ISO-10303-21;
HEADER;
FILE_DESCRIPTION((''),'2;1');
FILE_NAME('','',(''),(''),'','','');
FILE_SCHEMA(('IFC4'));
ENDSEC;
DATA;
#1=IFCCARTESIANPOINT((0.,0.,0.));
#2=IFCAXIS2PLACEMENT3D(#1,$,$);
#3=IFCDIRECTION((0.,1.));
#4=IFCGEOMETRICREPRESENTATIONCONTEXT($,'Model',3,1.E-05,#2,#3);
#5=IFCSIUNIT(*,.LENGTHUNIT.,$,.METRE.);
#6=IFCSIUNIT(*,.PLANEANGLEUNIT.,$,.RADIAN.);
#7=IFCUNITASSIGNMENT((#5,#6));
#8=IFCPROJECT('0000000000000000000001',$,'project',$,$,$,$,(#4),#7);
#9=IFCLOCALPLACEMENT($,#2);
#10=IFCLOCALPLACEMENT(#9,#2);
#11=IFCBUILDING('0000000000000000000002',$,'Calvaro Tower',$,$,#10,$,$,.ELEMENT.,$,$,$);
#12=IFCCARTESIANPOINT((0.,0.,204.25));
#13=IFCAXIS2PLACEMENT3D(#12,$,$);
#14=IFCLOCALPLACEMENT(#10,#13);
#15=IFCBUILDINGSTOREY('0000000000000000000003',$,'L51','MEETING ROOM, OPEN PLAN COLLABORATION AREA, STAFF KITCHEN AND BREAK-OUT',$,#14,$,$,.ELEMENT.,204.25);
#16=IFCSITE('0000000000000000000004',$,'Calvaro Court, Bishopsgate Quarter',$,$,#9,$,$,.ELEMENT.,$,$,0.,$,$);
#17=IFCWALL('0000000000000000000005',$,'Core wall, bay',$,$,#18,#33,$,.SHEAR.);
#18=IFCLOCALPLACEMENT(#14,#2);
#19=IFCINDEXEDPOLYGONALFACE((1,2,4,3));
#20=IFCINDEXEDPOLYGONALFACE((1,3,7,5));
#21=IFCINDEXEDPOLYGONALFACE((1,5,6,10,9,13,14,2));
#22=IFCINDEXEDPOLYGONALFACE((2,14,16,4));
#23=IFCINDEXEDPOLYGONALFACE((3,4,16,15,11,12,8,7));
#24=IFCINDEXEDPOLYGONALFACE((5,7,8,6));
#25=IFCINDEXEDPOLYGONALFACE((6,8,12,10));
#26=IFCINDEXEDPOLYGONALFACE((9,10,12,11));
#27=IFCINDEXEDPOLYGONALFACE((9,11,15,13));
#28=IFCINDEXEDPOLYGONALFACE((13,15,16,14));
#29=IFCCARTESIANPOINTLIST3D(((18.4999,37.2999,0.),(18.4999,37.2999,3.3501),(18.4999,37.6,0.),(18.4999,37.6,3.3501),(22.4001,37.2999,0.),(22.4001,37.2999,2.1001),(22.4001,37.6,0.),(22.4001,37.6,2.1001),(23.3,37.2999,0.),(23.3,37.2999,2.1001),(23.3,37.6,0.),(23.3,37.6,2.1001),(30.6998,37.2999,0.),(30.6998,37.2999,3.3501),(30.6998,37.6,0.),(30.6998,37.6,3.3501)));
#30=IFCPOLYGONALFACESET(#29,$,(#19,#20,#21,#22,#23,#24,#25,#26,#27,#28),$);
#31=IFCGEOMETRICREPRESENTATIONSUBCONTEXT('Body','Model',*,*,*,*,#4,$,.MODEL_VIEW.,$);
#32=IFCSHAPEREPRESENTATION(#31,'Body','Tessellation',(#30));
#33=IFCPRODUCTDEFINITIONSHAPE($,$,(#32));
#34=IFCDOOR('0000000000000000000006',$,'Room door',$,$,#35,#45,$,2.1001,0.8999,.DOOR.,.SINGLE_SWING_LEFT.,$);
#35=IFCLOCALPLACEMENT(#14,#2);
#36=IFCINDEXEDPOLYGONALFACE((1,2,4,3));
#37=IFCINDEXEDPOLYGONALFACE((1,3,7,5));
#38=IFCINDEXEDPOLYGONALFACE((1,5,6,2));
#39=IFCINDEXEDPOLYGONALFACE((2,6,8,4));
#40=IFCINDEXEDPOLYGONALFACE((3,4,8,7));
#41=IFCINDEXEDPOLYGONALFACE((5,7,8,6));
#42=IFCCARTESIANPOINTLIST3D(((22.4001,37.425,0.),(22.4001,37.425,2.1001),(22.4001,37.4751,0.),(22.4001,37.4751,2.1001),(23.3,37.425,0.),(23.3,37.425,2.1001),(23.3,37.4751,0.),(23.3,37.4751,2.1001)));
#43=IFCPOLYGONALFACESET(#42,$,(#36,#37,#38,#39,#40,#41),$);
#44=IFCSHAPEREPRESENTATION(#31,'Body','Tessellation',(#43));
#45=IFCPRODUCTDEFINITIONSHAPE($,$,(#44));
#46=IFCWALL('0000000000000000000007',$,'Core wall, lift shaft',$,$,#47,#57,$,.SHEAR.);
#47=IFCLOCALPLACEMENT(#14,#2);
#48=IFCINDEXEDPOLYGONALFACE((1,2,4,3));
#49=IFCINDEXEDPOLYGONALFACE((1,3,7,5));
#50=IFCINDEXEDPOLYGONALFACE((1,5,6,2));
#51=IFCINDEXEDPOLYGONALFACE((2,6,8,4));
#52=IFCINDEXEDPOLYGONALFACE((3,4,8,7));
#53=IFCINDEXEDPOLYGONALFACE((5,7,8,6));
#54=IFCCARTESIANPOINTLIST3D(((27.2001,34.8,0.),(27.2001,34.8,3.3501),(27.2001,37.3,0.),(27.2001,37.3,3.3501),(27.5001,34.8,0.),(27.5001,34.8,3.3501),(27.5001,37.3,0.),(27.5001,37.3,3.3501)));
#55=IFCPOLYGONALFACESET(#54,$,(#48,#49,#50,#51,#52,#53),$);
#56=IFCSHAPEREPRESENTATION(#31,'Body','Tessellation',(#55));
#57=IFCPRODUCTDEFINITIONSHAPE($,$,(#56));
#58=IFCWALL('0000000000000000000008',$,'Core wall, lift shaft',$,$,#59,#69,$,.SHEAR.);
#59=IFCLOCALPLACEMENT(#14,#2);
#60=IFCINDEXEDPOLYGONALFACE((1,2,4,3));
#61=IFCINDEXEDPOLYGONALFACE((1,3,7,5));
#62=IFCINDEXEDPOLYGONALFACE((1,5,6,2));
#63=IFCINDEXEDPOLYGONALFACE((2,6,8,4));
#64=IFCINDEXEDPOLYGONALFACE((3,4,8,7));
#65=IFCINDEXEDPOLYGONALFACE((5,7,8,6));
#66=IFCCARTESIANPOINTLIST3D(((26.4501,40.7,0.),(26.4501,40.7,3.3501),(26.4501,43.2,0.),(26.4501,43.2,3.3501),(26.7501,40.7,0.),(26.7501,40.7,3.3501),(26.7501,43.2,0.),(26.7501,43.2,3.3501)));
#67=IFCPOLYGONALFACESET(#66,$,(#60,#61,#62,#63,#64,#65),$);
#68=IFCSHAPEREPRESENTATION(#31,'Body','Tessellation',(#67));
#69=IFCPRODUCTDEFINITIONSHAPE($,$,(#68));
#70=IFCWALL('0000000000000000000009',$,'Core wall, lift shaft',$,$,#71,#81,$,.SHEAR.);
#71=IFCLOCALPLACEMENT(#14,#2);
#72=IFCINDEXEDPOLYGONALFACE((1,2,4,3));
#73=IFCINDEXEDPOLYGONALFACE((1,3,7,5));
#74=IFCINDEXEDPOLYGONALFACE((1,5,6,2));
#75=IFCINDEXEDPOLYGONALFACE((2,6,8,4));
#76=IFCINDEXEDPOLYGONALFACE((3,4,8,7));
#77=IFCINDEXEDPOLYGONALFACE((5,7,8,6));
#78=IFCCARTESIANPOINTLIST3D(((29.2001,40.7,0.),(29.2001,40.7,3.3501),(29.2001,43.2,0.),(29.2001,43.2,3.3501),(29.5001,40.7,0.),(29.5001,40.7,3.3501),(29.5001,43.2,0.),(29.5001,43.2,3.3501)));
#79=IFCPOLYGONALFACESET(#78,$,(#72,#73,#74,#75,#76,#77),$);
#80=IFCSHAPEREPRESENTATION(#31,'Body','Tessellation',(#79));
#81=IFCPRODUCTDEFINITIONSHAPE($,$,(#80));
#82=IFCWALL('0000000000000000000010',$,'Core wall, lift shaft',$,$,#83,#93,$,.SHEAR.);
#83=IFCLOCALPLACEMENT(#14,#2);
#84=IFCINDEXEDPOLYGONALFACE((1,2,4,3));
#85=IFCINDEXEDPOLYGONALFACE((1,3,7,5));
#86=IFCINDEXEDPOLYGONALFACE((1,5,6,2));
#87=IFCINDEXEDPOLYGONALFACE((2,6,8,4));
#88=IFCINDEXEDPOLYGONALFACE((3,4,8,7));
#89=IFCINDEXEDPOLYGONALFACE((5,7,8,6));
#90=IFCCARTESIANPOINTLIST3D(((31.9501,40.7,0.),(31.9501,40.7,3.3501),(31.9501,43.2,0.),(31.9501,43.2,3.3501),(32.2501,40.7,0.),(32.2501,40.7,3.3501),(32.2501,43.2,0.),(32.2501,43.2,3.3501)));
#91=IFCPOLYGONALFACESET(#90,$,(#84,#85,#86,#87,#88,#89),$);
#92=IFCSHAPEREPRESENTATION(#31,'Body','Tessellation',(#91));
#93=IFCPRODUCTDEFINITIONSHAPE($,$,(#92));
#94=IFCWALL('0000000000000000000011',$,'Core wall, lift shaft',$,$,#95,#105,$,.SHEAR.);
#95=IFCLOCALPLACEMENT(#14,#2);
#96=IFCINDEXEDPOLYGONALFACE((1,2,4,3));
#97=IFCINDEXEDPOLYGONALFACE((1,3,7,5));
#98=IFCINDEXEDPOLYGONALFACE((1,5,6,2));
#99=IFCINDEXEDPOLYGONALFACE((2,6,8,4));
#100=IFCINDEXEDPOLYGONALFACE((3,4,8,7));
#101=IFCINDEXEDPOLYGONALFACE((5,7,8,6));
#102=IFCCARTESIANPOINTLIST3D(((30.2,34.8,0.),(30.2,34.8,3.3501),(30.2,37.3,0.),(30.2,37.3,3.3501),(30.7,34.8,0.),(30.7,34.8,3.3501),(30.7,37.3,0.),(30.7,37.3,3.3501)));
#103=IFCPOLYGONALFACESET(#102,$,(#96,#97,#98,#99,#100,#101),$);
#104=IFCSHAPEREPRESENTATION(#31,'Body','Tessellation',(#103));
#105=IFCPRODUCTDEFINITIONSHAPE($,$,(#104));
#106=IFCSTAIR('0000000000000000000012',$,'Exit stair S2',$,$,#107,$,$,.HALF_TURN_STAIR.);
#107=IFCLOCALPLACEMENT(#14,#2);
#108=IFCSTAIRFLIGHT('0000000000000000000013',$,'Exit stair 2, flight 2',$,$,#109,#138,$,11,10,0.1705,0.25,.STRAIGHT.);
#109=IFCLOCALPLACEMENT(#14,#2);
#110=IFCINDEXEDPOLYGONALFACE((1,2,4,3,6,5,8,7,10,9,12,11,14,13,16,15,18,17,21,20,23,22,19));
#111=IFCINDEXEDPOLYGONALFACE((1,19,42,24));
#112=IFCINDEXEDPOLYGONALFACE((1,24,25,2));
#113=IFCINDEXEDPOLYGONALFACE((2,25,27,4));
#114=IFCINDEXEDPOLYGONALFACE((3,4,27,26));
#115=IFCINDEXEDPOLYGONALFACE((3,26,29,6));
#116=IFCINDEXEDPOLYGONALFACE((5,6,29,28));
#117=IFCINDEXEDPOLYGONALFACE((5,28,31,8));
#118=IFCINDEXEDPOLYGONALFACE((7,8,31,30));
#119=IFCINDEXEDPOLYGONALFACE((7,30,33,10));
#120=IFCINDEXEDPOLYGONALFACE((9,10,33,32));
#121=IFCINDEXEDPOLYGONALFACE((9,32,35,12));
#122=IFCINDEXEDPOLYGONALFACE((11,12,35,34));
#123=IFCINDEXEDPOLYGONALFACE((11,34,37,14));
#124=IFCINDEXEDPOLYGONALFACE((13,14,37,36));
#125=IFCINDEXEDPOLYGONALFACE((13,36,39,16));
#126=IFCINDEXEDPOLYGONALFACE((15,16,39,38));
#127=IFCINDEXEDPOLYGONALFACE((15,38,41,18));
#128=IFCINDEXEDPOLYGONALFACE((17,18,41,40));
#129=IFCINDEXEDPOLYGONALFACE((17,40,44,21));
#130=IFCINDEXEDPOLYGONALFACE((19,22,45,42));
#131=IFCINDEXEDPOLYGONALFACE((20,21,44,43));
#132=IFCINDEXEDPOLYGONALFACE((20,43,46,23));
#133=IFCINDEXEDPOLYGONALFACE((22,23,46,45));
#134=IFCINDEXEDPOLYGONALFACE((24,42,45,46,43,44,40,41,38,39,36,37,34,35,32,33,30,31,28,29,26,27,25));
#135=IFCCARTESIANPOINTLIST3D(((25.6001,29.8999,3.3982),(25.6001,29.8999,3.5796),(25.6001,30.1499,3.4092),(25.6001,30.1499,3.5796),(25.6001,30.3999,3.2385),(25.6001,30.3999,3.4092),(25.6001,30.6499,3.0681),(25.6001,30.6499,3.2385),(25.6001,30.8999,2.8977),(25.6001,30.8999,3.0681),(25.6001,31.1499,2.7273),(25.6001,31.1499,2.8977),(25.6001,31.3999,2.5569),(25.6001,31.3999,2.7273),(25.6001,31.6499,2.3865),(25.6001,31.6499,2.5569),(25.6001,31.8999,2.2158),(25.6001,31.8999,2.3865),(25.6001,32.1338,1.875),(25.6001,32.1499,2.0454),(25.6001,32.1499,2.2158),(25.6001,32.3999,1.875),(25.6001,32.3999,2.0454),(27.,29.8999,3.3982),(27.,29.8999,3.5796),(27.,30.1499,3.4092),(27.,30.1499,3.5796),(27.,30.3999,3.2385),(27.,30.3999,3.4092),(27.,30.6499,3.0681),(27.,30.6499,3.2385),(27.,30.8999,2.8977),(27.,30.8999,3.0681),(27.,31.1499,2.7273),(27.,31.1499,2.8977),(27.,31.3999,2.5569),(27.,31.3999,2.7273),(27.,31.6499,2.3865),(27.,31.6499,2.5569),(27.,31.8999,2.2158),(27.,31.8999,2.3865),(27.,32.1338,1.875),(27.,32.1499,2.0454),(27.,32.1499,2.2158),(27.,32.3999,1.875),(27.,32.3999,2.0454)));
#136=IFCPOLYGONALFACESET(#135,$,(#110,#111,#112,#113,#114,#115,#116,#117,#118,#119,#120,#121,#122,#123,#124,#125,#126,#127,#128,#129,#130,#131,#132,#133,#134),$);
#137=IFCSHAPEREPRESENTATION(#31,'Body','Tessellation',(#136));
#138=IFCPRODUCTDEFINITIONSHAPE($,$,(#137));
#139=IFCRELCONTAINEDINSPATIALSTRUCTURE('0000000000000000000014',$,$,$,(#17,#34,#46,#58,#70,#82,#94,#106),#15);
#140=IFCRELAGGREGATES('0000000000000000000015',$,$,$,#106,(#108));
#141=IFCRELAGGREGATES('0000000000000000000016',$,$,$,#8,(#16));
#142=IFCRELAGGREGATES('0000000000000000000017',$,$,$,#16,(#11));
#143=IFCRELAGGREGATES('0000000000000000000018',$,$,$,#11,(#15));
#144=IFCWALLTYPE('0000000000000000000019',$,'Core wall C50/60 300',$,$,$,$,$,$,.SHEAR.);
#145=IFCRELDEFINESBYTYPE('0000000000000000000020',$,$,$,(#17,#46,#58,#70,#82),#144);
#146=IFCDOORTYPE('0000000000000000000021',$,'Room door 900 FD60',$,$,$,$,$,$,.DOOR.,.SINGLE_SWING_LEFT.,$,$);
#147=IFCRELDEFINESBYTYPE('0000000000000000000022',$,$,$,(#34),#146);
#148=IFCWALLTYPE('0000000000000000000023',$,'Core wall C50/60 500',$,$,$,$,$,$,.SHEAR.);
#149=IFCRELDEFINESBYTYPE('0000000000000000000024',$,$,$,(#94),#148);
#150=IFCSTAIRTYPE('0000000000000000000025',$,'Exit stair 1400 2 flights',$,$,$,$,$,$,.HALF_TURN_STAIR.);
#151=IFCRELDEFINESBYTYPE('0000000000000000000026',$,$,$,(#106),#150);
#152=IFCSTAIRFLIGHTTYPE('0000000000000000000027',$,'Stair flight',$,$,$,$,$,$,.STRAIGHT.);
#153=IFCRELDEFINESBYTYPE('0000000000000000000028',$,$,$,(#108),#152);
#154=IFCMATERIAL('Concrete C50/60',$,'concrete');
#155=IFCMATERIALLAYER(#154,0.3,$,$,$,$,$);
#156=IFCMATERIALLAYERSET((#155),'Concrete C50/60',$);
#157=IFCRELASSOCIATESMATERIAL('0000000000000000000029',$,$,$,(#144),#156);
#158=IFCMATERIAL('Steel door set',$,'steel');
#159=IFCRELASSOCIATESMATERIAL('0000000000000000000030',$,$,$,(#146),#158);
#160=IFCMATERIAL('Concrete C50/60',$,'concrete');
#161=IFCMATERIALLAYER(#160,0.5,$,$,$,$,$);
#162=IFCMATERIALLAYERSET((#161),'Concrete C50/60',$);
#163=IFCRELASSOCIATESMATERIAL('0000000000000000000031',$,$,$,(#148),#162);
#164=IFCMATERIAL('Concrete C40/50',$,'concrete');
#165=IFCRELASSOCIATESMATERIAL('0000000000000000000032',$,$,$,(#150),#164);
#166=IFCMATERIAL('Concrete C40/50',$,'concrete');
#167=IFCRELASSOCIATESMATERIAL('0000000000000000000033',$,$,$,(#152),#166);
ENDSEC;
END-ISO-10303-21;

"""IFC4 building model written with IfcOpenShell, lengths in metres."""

from ifc_helpers import new_model, si_unit, direction, frame, frame_2d, origin, place, context, subcontext, project, spatial, polyline, rectangle, outline, extrude, material, layer, layer_set, type_object, element, fill, aggregate, save


model = new_model("IFC4")

# Units and contexts
model_context = context("Model", 3, precision=1e-05, world=origin(), true_north=direction((0.0, 1.0)))
body_context = subcontext(model_context, "Body", "Model", "MODEL_VIEW")
ifc_project = project(units=[si_unit("LENGTHUNIT", "METRE"), si_unit("PLANEANGLEUNIT", "RADIAN")], contexts=[model_context])

# Site, building, storey
site_placement = place(None, origin())
site = spatial("IfcSite", under=ifc_project, at=site_placement, Name="Calvaro Court, Bishopsgate Quarter", CompositionType="ELEMENT", RefElevation=0.0)
building_placement = place(site_placement, origin())
building = spatial("IfcBuilding", under=site, at=building_placement, Name="Calvaro Tower", CompositionType="ELEMENT")
storey_placement = place(building_placement, frame((0.0, 0.0, 204.25)))
storey = spatial("IfcBuildingStorey", under=building, at=storey_placement, Name="L51", Description="MEETING ROOM, OPEN PLAN COLLABORATION AREA, STAFF KITCHEN AND BREAK-OUT", CompositionType="ELEMENT", Elevation=204.25)

# Wall, opening, door
ifc_material_1 = material(Name="Concrete C50/60", Category="concrete")
ifc_layer_1 = layer(ifc_material_1, 0.3)
ifc_layer_set_1 = layer_set([ifc_layer_1], Name="Concrete C50/60")
wall_type_1 = type_object("IfcWallType", Name="Core wall C50/60 300", PredefinedType="SHEAR", material=ifc_layer_set_1)
wall_1_placement = place(storey_placement, frame((30.7, 37.45, 0.0), z_axis=(0.0, 0.0, 1.0), x_axis=(-1.0, 0.0, 0.0)))
wall_1 = element("IfcWall", 1, at=wall_1_placement, inside=storey, type_object=wall_type_1, Name="Core wall, bay", PredefinedType="SHEAR", context=body_context, shape_type="SweptSolid", body=[
    extrude(rectangle(XDim=12.2, YDim=0.3, at=frame_2d((6.1001, 0.0))), origin(), (0.0, 0.0, 1.0), 3.3501),
])
opening_placement = place(wall_1_placement, frame((7.3999, 0.0, 0.0)))
opening = element("IfcOpeningElement", 2, at=opening_placement, cuts=wall_1, PredefinedType="OPENING", context=body_context, shape_type="SweptSolid", body=[
    extrude(rectangle(XDim=0.8999, YDim=2.1001, at=frame_2d((0.45, 1.05))), frame((0.0, 0.1599, 0.0), z_axis=(0.0, -1.0, 0.0), x_axis=(1.0, 0.0, 0.0)), (0.0, 0.0, 1.0), 0.3201),
])
ifc_material_2 = material(Name="Steel door set", Category="steel")
door_type = type_object("IfcDoorType", Name="Room door 900 FD60", OperationType="SINGLE_SWING_LEFT", PredefinedType="DOOR", material=ifc_material_2)
door_placement = place(opening_placement, origin())
door = element("IfcDoor", 3, at=door_placement, inside=storey, type_object=door_type, Name="Room door", OperationType="SINGLE_SWING_LEFT", OverallHeight=2.1001, OverallWidth=0.8999, PredefinedType="DOOR", context=body_context, shape_type="SweptSolid", body=[
    extrude(rectangle(XDim=0.8999, YDim=2.1001, at=frame_2d((0.45, 1.05))), frame((0.0, 0.0249, 0.0), z_axis=(0.0, -1.0, 0.0), x_axis=(1.0, 0.0, 0.0)), (0.0, 0.0, 1.0), 0.05),
])
fill(opening, door)

# Walls
for number, where, z_axis, x_axis, name in (
    (4, (27.3501, 34.8, 0.0), (0.0, 0.0, 1.0), (0.0, 1.0, 0.0), "Core wall, lift shaft"),
    (5, (26.6001, 40.7, 0.0), (0.0, 0.0, 1.0), (0.0, 1.0, 0.0), "Core wall, lift shaft"),
    (6, (29.3501, 40.7, 0.0), (0.0, 0.0, 1.0), (0.0, 1.0, 0.0), "Core wall, lift shaft"),
    (7, (32.1001, 40.7, 0.0), (0.0, 0.0, 1.0), (0.0, 1.0, 0.0), "Core wall, lift shaft"),
):
    element("IfcWall", number, at=place(storey_placement, frame(where, z_axis=z_axis, x_axis=x_axis)), inside=storey, type_object=wall_type_1, Name=name, PredefinedType="SHEAR", context=body_context, shape_type="SweptSolid", body=[
        extrude(rectangle(XDim=2.5, YDim=0.3, at=frame_2d((1.25, 0.0))), origin(), (0.0, 0.0, 1.0), 3.3501),
    ])
ifc_material_3 = material(Name="Concrete C50/60", Category="concrete")
ifc_layer_2 = layer(ifc_material_3, 0.5)
ifc_layer_set_2 = layer_set([ifc_layer_2], Name="Concrete C50/60")
wall_type_2 = type_object("IfcWallType", Name="Core wall C50/60 500", PredefinedType="SHEAR", material=ifc_layer_set_2)
wall_2_placement = place(storey_placement, frame((30.45, 34.8, 0.0), z_axis=(0.0, 0.0, 1.0), x_axis=(0.0, 1.0, 0.0)))
element("IfcWall", 8, at=wall_2_placement, inside=storey, type_object=wall_type_2, Name="Core wall, lift shaft", PredefinedType="SHEAR", context=body_context, shape_type="SweptSolid", body=[
    extrude(rectangle(XDim=2.5, YDim=0.5, at=frame_2d((1.25, 0.0))), origin(), (0.0, 0.0, 1.0), 3.3501),
])

# Stair, stair flight
ifc_material_4 = material(Name="Concrete C40/50", Category="concrete")
stair_type = type_object("IfcStairType", Name="Exit stair 1400 2 flights", PredefinedType="HALF_TURN_STAIR", material=ifc_material_4)
stair_placement = place(storey_placement, origin())
stair = element("IfcStair", 9, at=stair_placement, inside=storey, type_object=stair_type, Name="Exit stair S2", PredefinedType="HALF_TURN_STAIR")
ifc_material_5 = material(Name="Concrete C40/50", Category="concrete")
stair_flight_type = type_object("IfcStairFlightType", Name="Stair flight", PredefinedType="STRAIGHT", material=ifc_material_5)
stair_flight_placement = place(storey_placement, frame((26.3, 32.3999, 1.875), z_axis=(0.0, 0.0, 1.0), x_axis=(0.0, -1.0, 0.0)))
stair_flight = element("IfcStairFlight", 10, at=stair_flight_placement, type_object=stair_flight_type, Name="Exit stair 2, flight 2", NumberOfRisers=11, NumberOfTreads=10, PredefinedType="STRAIGHT", RiserHeight=0.1705, TreadLength=0.25, context=body_context, shape_type="SweptSolid", body=[
    extrude(outline(polyline([(0.0, 0.0), (0.0, 0.1704), (0.25, 0.1704), (0.25, 0.3408), (0.5, 0.3408), (0.5, 0.5115), (0.75, 0.5115), (0.75, 0.6819), (1.0, 0.6819), (1.0, 0.8523), (1.25, 0.8523), (1.25, 1.0227), (1.5, 1.0227), (1.5, 1.1931), (1.75, 1.1931), (1.75, 1.3635), (2.0, 1.3635), (2.0, 1.5342), (2.25, 1.5342), (2.25, 1.7046), (2.5, 1.7046), (2.5, 1.875), (2.5, 1.5232), (0.2661, 0.0), (0.0, 0.0)])), frame((0.0, 0.7, 0.0), z_axis=(0.0, -1.0, 0.0), x_axis=(1.0, 0.0, 0.0)), (0.0, 0.0, 1.0), 1.3999),
])
aggregate(stair, [stair_flight])

save(model, "model.ifc")
